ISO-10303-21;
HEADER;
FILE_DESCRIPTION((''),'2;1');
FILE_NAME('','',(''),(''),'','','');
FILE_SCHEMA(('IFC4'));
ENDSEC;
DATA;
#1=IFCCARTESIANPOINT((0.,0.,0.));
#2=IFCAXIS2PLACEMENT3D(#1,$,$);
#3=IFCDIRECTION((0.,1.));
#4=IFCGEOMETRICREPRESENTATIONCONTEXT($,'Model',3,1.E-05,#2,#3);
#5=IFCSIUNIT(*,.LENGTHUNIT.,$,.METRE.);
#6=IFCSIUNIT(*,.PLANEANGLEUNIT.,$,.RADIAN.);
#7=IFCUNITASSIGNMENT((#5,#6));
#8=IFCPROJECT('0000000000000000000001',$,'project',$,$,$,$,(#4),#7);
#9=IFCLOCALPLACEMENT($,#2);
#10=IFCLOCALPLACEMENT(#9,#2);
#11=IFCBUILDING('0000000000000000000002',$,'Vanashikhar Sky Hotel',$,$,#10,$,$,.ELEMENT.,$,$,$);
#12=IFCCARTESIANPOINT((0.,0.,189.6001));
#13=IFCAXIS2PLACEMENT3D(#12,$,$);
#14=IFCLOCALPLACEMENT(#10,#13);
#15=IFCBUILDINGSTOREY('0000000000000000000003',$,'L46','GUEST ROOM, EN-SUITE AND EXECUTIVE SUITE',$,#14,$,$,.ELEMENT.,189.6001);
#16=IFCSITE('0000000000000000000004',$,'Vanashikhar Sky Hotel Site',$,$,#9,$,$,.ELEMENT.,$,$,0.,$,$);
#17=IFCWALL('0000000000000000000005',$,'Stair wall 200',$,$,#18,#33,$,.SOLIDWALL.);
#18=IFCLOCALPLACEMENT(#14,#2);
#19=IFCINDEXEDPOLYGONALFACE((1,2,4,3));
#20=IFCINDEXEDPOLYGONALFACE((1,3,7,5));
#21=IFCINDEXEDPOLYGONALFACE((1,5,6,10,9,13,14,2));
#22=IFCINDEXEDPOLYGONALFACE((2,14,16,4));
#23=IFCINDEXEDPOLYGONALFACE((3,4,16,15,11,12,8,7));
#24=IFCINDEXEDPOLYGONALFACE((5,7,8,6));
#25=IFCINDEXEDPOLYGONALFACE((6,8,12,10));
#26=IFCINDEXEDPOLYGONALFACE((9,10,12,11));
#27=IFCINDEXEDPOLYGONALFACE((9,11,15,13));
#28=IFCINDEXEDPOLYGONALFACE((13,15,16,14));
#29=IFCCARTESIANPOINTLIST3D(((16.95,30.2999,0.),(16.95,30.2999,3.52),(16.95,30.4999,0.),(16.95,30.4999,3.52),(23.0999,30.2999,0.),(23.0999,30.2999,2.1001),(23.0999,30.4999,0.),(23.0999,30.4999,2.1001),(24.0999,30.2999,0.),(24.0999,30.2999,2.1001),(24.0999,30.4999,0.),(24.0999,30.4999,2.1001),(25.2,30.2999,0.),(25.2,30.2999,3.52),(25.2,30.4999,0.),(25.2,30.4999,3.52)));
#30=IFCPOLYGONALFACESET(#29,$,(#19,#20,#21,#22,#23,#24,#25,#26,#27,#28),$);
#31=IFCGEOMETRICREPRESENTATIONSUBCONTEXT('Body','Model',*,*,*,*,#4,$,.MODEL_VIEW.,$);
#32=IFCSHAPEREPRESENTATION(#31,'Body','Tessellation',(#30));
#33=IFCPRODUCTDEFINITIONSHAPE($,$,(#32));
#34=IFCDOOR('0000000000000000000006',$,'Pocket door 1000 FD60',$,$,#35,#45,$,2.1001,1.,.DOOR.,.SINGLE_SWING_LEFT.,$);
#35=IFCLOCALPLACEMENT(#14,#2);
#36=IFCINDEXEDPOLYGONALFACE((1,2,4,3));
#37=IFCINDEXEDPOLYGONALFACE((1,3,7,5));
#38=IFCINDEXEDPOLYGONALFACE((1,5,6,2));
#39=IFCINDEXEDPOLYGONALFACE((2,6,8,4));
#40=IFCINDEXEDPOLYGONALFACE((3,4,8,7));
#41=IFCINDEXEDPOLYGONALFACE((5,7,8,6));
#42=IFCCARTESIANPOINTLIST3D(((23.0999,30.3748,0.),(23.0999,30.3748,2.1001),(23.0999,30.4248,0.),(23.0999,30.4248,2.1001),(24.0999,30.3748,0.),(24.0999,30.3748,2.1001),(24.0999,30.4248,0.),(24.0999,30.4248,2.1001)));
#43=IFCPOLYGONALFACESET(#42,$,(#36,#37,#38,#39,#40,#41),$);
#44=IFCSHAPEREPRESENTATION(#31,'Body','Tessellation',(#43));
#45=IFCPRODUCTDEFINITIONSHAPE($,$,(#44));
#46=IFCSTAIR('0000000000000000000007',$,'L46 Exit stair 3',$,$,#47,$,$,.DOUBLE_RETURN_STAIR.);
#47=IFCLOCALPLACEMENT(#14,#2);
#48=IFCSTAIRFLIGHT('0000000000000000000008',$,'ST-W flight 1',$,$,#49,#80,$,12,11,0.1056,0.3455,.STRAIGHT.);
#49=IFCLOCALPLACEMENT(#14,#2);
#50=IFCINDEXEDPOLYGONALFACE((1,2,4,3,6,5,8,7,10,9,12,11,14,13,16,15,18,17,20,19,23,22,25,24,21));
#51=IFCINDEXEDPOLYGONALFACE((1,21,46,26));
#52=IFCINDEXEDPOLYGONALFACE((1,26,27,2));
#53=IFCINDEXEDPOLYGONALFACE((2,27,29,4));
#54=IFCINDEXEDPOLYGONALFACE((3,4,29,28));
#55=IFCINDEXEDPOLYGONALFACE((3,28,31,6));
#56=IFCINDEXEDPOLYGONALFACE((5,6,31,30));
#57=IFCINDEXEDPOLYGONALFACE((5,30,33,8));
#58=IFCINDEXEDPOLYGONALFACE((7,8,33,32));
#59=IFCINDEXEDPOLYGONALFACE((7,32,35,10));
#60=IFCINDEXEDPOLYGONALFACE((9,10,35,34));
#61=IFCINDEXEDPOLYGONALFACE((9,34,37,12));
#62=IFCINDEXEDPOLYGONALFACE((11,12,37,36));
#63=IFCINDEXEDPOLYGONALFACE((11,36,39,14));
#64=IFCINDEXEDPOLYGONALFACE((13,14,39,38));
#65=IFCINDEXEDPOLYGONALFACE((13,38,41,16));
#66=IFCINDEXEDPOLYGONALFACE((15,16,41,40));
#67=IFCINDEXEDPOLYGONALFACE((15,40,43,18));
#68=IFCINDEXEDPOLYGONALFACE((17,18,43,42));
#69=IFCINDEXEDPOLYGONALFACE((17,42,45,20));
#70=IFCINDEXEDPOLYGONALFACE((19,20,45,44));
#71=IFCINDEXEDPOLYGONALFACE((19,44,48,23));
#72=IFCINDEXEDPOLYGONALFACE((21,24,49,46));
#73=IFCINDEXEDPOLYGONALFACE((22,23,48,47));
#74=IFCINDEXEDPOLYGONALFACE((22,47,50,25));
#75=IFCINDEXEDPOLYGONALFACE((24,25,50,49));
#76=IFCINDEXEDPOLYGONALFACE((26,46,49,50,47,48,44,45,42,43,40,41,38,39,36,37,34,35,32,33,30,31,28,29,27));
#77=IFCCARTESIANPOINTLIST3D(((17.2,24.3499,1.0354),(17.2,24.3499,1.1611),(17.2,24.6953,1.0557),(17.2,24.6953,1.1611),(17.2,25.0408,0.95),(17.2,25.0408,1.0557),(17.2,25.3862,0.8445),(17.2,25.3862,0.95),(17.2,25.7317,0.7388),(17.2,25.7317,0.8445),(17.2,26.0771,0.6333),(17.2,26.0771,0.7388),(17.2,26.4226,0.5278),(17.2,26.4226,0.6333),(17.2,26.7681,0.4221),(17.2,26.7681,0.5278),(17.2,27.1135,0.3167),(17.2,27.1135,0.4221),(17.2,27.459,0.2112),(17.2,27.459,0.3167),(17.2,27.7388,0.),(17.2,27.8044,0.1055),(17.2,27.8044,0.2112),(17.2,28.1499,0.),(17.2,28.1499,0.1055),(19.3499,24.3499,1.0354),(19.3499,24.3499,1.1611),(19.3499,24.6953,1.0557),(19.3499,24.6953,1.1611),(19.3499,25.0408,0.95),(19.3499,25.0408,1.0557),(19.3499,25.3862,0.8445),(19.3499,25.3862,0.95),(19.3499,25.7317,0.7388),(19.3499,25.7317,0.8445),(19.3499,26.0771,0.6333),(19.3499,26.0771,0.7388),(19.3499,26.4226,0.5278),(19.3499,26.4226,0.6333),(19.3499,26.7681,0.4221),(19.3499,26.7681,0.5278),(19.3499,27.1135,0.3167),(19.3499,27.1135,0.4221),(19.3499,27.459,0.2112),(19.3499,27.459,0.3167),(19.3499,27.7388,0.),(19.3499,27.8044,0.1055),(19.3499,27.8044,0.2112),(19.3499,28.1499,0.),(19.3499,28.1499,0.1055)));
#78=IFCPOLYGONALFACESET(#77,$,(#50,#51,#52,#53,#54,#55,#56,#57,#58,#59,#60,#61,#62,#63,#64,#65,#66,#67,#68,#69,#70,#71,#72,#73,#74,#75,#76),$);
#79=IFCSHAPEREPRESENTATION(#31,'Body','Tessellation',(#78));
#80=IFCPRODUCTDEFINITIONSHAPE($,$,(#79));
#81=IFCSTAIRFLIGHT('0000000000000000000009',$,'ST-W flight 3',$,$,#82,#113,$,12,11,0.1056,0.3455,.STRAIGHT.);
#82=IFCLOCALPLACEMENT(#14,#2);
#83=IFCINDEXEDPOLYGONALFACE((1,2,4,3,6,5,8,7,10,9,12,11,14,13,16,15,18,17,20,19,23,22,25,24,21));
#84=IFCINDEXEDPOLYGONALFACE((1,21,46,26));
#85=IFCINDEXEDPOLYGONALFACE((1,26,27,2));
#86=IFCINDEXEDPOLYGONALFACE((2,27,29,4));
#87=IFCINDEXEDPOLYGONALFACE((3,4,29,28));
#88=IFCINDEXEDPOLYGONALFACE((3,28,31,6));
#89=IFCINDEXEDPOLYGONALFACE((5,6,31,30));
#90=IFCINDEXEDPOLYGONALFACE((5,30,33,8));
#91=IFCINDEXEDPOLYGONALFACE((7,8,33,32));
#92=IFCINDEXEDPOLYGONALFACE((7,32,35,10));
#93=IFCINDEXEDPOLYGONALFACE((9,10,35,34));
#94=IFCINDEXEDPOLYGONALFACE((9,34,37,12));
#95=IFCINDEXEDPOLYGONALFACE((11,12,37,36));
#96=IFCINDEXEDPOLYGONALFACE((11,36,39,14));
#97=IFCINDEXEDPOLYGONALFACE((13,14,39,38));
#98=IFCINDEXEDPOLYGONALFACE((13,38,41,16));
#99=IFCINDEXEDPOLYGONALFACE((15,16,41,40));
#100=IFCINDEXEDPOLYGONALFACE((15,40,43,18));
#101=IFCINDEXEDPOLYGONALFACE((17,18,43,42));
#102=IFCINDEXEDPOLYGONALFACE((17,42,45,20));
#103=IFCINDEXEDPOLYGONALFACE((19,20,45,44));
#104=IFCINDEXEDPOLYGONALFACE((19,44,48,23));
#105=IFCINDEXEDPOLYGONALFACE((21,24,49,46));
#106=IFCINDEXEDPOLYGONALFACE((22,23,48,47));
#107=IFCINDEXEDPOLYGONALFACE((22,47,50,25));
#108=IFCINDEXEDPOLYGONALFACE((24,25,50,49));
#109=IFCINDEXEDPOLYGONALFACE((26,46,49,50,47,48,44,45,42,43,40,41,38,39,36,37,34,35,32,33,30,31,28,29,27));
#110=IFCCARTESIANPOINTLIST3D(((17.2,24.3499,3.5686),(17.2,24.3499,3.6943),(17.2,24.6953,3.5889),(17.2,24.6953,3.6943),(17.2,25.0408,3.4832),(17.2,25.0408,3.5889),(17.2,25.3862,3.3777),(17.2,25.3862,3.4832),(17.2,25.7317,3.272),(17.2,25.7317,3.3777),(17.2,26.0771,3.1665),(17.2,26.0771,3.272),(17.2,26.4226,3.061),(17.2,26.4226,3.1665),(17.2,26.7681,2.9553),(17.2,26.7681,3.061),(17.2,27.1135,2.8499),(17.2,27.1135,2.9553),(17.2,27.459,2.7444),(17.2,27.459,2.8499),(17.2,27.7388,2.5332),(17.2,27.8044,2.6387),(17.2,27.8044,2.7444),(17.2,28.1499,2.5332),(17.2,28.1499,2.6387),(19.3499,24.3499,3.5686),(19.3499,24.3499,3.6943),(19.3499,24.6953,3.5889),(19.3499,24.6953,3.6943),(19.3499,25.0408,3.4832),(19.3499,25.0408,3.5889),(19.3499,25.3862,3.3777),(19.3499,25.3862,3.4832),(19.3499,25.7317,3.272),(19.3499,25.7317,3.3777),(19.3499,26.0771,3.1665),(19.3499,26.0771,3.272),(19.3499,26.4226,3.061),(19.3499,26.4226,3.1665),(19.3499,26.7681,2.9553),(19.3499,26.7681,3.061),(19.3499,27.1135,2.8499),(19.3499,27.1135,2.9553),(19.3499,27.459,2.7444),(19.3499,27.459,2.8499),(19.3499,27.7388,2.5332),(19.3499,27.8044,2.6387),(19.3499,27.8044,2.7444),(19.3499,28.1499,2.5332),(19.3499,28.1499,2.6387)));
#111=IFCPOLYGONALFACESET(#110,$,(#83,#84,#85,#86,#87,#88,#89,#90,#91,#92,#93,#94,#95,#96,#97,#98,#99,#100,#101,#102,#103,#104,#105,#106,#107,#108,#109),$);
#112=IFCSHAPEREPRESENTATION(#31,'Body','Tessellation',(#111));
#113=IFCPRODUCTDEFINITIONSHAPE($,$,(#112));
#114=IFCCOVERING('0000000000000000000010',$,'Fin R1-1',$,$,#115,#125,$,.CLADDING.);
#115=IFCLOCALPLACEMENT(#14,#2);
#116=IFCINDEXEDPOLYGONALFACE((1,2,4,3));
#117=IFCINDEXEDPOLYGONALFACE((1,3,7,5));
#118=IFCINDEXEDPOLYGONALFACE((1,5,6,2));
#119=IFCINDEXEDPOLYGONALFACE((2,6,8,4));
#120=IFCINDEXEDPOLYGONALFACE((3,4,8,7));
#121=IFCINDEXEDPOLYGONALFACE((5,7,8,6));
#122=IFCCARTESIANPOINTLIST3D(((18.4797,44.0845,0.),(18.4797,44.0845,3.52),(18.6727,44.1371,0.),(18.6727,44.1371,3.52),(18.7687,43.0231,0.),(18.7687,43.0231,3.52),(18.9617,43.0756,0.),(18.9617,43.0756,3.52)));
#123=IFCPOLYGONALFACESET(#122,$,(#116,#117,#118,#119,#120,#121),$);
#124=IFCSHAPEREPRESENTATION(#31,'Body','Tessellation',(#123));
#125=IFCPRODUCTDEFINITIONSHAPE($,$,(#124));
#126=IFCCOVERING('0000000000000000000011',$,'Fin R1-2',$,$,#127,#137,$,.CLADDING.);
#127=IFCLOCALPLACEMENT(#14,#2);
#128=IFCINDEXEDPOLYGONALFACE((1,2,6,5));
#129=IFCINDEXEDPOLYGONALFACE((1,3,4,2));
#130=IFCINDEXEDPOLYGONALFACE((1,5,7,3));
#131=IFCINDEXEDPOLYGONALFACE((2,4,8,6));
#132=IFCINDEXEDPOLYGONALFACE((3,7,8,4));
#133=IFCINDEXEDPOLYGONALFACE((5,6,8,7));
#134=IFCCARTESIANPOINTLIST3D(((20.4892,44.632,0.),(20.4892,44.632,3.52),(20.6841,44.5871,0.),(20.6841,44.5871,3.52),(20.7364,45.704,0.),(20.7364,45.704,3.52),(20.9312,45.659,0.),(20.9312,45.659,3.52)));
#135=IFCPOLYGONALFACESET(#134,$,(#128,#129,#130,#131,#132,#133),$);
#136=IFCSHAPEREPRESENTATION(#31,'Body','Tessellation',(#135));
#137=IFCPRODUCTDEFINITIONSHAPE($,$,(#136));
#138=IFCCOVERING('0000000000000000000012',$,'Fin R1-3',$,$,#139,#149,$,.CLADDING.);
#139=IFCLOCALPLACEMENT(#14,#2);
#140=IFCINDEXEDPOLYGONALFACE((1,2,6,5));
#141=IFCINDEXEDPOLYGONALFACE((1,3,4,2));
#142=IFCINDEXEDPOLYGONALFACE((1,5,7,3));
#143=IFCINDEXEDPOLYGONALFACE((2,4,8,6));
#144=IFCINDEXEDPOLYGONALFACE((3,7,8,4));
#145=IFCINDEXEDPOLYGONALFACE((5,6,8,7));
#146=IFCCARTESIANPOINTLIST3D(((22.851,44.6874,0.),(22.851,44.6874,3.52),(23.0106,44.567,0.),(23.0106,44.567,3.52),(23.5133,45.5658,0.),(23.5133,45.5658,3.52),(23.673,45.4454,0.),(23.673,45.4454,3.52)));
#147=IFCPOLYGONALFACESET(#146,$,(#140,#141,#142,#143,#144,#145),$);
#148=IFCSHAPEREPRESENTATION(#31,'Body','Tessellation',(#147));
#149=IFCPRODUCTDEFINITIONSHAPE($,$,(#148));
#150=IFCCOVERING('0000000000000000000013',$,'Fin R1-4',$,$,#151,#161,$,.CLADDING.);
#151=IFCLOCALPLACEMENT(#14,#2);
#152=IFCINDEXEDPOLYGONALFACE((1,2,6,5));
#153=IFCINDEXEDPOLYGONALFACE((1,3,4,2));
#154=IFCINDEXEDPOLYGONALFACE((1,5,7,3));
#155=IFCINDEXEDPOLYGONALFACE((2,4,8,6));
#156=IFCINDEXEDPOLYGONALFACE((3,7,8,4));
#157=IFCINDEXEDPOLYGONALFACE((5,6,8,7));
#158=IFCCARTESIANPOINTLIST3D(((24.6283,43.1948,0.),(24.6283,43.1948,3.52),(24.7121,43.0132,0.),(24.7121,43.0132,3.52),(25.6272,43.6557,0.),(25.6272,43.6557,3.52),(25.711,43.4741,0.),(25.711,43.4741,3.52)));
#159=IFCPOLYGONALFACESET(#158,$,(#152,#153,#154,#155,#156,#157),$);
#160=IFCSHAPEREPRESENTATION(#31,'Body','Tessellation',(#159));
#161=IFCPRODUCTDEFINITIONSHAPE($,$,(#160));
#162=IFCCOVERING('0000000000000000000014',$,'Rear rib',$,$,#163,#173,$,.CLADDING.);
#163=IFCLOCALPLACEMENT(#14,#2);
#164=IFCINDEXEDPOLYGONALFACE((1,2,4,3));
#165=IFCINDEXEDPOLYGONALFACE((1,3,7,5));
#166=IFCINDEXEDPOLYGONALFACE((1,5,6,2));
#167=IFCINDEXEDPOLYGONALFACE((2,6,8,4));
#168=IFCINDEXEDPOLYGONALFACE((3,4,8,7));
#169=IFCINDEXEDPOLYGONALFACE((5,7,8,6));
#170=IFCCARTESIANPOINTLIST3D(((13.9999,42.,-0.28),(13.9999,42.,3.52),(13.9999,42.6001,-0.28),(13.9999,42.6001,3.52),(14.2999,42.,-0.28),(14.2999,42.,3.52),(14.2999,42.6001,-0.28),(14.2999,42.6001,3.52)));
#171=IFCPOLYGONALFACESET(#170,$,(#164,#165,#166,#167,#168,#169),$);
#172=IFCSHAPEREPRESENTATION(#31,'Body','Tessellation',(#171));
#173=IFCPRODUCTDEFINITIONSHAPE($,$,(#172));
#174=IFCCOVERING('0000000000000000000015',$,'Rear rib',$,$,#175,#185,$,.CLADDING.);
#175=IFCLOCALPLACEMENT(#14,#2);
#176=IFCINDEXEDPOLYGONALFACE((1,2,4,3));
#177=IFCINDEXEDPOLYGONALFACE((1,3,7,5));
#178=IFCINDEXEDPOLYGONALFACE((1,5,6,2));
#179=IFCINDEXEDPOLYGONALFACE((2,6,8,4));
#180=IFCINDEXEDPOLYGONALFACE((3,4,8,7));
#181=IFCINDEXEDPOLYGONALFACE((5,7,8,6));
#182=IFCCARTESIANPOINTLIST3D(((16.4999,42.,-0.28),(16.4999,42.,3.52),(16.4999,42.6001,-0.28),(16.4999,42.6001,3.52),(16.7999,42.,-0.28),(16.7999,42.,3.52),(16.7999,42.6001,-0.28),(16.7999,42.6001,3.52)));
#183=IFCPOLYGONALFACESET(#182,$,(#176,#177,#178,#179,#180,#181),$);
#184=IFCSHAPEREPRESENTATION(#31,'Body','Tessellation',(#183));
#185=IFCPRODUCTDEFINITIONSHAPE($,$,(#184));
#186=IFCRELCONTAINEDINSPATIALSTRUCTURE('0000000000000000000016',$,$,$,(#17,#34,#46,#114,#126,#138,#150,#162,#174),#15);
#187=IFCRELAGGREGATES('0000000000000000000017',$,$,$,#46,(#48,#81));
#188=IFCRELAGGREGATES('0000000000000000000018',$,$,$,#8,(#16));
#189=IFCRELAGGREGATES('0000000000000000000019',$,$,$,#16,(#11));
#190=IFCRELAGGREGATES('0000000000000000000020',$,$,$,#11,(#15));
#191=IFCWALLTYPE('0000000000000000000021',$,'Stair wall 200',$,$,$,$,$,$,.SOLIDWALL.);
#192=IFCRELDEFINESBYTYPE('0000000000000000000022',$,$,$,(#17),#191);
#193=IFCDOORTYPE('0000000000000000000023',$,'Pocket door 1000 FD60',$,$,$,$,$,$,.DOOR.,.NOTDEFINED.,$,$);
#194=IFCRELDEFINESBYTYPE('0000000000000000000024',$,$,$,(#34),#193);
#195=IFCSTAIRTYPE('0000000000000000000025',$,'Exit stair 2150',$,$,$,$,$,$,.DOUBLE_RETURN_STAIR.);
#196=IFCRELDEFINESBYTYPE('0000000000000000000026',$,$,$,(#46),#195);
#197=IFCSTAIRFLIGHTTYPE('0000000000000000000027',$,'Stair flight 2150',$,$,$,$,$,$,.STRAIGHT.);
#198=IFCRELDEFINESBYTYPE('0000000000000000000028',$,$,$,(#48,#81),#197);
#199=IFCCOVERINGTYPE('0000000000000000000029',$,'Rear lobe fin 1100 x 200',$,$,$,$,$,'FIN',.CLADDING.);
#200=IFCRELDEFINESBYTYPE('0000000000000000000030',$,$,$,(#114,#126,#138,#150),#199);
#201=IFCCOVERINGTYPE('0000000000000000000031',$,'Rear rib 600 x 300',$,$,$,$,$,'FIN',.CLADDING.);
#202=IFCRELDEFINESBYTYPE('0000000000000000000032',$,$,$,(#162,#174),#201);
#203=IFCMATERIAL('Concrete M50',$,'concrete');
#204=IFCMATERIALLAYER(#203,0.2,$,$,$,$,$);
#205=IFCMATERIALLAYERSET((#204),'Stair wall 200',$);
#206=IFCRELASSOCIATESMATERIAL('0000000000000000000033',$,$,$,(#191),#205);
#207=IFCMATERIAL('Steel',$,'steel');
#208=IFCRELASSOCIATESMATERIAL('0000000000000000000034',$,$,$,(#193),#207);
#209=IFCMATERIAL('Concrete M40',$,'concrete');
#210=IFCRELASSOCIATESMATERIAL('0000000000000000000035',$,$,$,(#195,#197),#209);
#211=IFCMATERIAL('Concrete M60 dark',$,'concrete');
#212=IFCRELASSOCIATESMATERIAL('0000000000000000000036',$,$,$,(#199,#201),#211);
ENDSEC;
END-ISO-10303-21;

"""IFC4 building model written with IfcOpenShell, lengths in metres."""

from ifc_helpers import new_model, si_unit, direction, frame, frame_2d, origin, origin_2d, place, context, subcontext, project, spatial, polyline, rectangle, outline, extrude, source, transform, mapped, material, layer, layer_set, material_profile, profile_set, type_object, element, fill, aggregate, save


model = new_model("IFC4")

# Units and contexts
model_context = context("Model", 3, precision=1e-05, world=origin(), true_north=direction((0.0, 1.0)))
body_context = subcontext(model_context, "Body", "Model", "MODEL_VIEW")
ifc_project = project(units=[si_unit("LENGTHUNIT", "METRE"), si_unit("PLANEANGLEUNIT", "RADIAN")], contexts=[model_context])

# Site, building, storey
site_placement = place(None, origin())
site = spatial("IfcSite", under=ifc_project, at=site_placement, Name="Vanashikhar Sky Hotel Site", CompositionType="ELEMENT", RefElevation=0.0)
building_placement = place(site_placement, origin())
building = spatial("IfcBuilding", under=site, at=building_placement, Name="Vanashikhar Sky Hotel", CompositionType="ELEMENT")
storey_placement = place(building_placement, frame((0.0, 0.0, 189.6001)))
storey = spatial("IfcBuildingStorey", under=building, at=storey_placement, Name="L46", Description="GUEST ROOM, EN-SUITE AND EXECUTIVE SUITE", CompositionType="ELEMENT", Elevation=189.6001)

# Shared definitions
ifc_material_1 = material(Name="Concrete M50", Category="concrete")

# Wall, opening, door
ifc_layer_1 = layer(ifc_material_1, 0.2)
ifc_layer_set_1 = layer_set([ifc_layer_1], Name="Stair wall 200")
wall_type_1 = type_object("IfcWallType", Name="Stair wall 200", PredefinedType="SOLIDWALL", material=ifc_layer_set_1)
shared_shape_1 = source(origin(), body_context, "Body", "SweptSolid", [
    extrude(rectangle(XDim=8.25, YDim=0.2, at=frame_2d((4.125, 0.0))), origin(), (0.0, 0.0, 1.0), 3.52),
])
wall_1_placement = place(storey_placement, frame((16.95, 30.3999, 0.0), z_axis=(0.0, 0.0, 1.0), x_axis=(1.0, 0.0, 0.0)))
wall_1 = element("IfcWall", 1, at=wall_1_placement, inside=storey, type_object=wall_type_1, Name="Stair wall 200", PredefinedType="SOLIDWALL", context=body_context, shape_type="MappedRepresentation", body=[
    mapped(shared_shape_1, transform((0.0, 0.0, 0.0), scale=1.0)),
])
shared_shape_2 = source(origin(), body_context, "Body", "SweptSolid", [
    extrude(rectangle(XDim=1.0, YDim=2.1001, at=frame_2d((0.5, 1.05))), frame((0.0, 0.1099, 0.0), z_axis=(0.0, -1.0, 0.0), x_axis=(1.0, 0.0, 0.0)), (0.0, 0.0, 1.0), 0.22),
])
opening_1_placement = place(wall_1_placement, frame((6.1499, 0.0, 0.0)))
opening_1 = element("IfcOpeningElement", 2, at=opening_1_placement, cuts=wall_1, PredefinedType="OPENING", context=body_context, shape_type="MappedRepresentation", body=[
    mapped(shared_shape_2, transform((0.0, 0.0, 0.0), scale=1.0)),
])
ifc_material_2 = material(Name="Steel", Category="steel")
door_type = type_object("IfcDoorType", Name="Pocket door 1000 FD60", OperationType="NOTDEFINED", PredefinedType="DOOR", material=ifc_material_2)
shared_shape_3 = source(origin(), body_context, "Body", "SweptSolid", [
    extrude(rectangle(XDim=1.0, YDim=2.1001, at=frame_2d((0.5, 1.05))), frame((0.0, 0.0249, 0.0), z_axis=(0.0, -1.0, 0.0), x_axis=(1.0, 0.0, 0.0)), (0.0, 0.0, 1.0), 0.05),
])
door_placement = place(opening_1_placement, origin())
door = element("IfcDoor", 3, at=door_placement, inside=storey, type_object=door_type, Name="Pocket door 1000 FD60", OperationType="SINGLE_SWING_LEFT", OverallHeight=2.1001, OverallWidth=1.0, PredefinedType="DOOR", context=body_context, shape_type="MappedRepresentation", body=[
    mapped(shared_shape_3, transform((0.0, 0.0, 0.0), scale=1.0)),
])
fill(opening_1, door)

# Stair, stair flights
ifc_material_3 = material(Name="Concrete M40", Category="concrete")
stair_type = type_object("IfcStairType", Name="Exit stair 2150", PredefinedType="DOUBLE_RETURN_STAIR", material=ifc_material_3)
stair_placement = place(storey_placement, origin())
stair = element("IfcStair", 4, at=stair_placement, inside=storey, type_object=stair_type, Name="L46 Exit stair 3", PredefinedType="DOUBLE_RETURN_STAIR")
stair_flight_type = type_object("IfcStairFlightType", Name="Stair flight 2150", PredefinedType="STRAIGHT", material=ifc_material_3)
shared_shape_4 = source(origin(), body_context, "Body", "SweptSolid", [
    extrude(outline(polyline([(0.0, 0.0), (0.0, 0.1055), (0.3455, 0.1055), (0.3455, 0.2112), (0.6909, 0.2112), (0.6909, 0.3167), (1.0364, 0.3167), (1.0364, 0.4221), (1.3818, 0.4221), (1.3818, 0.5278), (1.7273, 0.5278), (1.7273, 0.6333), (2.0728, 0.6333), (2.0728, 0.7388), (2.4182, 0.7388), (2.4182, 0.8445), (2.7637, 0.8445), (2.7637, 0.95), (3.1091, 0.95), (3.1091, 1.0557), (3.4546, 1.0557), (3.4546, 1.1611), (3.8, 1.1611), (3.8, 1.2666), (3.8, 1.0354), (0.4111, 0.0), (0.0, 0.0)])), frame((0.0, 1.075, 0.0), z_axis=(0.0, -1.0, 0.0), x_axis=(1.0, 0.0, 0.0)), (0.0, 0.0, 1.0), 2.1499),
])
stair_flight_1_placement = place(storey_placement, frame((18.2749, 28.1499, 0.0), z_axis=(0.0, 0.0, 1.0), x_axis=(0.0, -1.0, 0.0)))
stair_flight_1 = element("IfcStairFlight", 5, at=stair_flight_1_placement, type_object=stair_flight_type, Name="ST-W flight 1", NumberOfRisers=12, NumberOfTreads=11, PredefinedType="STRAIGHT", RiserHeight=0.1056, TreadLength=0.3455, context=body_context, shape_type="MappedRepresentation", body=[
    mapped(shared_shape_4, transform((0.0, 0.0, 0.0), scale=1.0)),
])
stair_flight_2_placement = place(storey_placement, frame((18.2749, 28.1499, 2.5332), z_axis=(0.0, 0.0, 1.0), x_axis=(0.0, -1.0, 0.0)))
stair_flight_2 = element("IfcStairFlight", 6, at=stair_flight_2_placement, type_object=stair_flight_type, Name="ST-W flight 3", NumberOfRisers=12, NumberOfTreads=11, PredefinedType="STRAIGHT", RiserHeight=0.1056, TreadLength=0.3455, context=body_context, shape_type="MappedRepresentation", body=[
    mapped(shared_shape_4, transform((0.0, 0.0, 0.0), scale=1.0)),
])
aggregate(stair, [stair_flight_1, stair_flight_2])

# Coverings
ifc_material_4 = material(Name="Concrete M60 dark", Category="concrete")
ifc_material_profile_1 = material_profile(ifc_material_4, rectangle(XDim=1.1001, YDim=0.2, at=origin_2d()))
ifc_profile_set_1 = profile_set([ifc_material_profile_1], Name="Rear lobe fin 1100 x 200")
covering_type_1 = type_object("IfcCoveringType", Name="Rear lobe fin 1100 x 200", ElementType="FIN", PredefinedType="CLADDING", material=ifc_profile_set_1)
shared_shape_5 = source(origin(), body_context, "Body", "SweptSolid", [
    extrude(rectangle(XDim=1.1001, YDim=0.2, at=origin_2d()), origin(), (0.0, 0.0, 1.0), 3.52),
])
for number, where, z_axis, x_axis, name in (
    (7, (18.7207, 43.5801, 0.0), (0.0, 0.0, 1.0), (-0.262711, 0.964874, 0.0), "Fin R1-1"),
    (8, (20.7102, 45.1455, 0.0), (0.0, 0.0, 1.0), (0.224645, 0.974441, 0.0), "Fin R1-2"),
    (9, (23.262, 45.0664, 0.0), (0.0, 0.0, 1.0), (0.602066, 0.798446, 0.0), "Fin R1-3"),
    (10, (25.1697, 43.3345, 0.0), (0.0, 0.0, 1.0), (0.908004, 0.418961, 0.0), "Fin R1-4"),
):
    element("IfcCovering", number, at=place(storey_placement, frame(where, z_axis=z_axis, x_axis=x_axis)), inside=storey, type_object=covering_type_1, Name=name, PredefinedType="CLADDING", context=body_context, shape_type="MappedRepresentation", body=[
        mapped(shared_shape_5, transform((0.0, 0.0, 0.0), scale=1.0)),
    ])
ifc_material_profile_2 = material_profile(ifc_material_4, rectangle(XDim=0.6001, YDim=0.3, at=origin_2d()))
ifc_profile_set_2 = profile_set([ifc_material_profile_2], Name="Rear rib 600 x 300")
covering_type_2 = type_object("IfcCoveringType", Name="Rear rib 600 x 300", ElementType="FIN", PredefinedType="CLADDING", material=ifc_profile_set_2)
shared_shape_6 = source(origin(), body_context, "Body", "SweptSolid", [
    extrude(rectangle(XDim=0.6001, YDim=0.3, at=origin_2d()), origin(), (0.0, 0.0, 1.0), 3.8),
])
for number, where, z_axis, x_axis, name in (
    (11, (14.1499, 42.3, -0.28), (0.0, 0.0, 1.0), (0.0, 1.0, 0.0), "Rear rib"),
    (12, (16.6499, 42.3, -0.28), (0.0, 0.0, 1.0), (0.0, 1.0, 0.0), "Rear rib"),
):
    element("IfcCovering", number, at=place(storey_placement, frame(where, z_axis=z_axis, x_axis=x_axis)), inside=storey, type_object=covering_type_2, Name=name, PredefinedType="CLADDING", context=body_context, shape_type="MappedRepresentation", body=[
        mapped(shared_shape_6, transform((0.0, 0.0, 0.0), scale=1.0)),
    ])

save(model, "model.ifc")
